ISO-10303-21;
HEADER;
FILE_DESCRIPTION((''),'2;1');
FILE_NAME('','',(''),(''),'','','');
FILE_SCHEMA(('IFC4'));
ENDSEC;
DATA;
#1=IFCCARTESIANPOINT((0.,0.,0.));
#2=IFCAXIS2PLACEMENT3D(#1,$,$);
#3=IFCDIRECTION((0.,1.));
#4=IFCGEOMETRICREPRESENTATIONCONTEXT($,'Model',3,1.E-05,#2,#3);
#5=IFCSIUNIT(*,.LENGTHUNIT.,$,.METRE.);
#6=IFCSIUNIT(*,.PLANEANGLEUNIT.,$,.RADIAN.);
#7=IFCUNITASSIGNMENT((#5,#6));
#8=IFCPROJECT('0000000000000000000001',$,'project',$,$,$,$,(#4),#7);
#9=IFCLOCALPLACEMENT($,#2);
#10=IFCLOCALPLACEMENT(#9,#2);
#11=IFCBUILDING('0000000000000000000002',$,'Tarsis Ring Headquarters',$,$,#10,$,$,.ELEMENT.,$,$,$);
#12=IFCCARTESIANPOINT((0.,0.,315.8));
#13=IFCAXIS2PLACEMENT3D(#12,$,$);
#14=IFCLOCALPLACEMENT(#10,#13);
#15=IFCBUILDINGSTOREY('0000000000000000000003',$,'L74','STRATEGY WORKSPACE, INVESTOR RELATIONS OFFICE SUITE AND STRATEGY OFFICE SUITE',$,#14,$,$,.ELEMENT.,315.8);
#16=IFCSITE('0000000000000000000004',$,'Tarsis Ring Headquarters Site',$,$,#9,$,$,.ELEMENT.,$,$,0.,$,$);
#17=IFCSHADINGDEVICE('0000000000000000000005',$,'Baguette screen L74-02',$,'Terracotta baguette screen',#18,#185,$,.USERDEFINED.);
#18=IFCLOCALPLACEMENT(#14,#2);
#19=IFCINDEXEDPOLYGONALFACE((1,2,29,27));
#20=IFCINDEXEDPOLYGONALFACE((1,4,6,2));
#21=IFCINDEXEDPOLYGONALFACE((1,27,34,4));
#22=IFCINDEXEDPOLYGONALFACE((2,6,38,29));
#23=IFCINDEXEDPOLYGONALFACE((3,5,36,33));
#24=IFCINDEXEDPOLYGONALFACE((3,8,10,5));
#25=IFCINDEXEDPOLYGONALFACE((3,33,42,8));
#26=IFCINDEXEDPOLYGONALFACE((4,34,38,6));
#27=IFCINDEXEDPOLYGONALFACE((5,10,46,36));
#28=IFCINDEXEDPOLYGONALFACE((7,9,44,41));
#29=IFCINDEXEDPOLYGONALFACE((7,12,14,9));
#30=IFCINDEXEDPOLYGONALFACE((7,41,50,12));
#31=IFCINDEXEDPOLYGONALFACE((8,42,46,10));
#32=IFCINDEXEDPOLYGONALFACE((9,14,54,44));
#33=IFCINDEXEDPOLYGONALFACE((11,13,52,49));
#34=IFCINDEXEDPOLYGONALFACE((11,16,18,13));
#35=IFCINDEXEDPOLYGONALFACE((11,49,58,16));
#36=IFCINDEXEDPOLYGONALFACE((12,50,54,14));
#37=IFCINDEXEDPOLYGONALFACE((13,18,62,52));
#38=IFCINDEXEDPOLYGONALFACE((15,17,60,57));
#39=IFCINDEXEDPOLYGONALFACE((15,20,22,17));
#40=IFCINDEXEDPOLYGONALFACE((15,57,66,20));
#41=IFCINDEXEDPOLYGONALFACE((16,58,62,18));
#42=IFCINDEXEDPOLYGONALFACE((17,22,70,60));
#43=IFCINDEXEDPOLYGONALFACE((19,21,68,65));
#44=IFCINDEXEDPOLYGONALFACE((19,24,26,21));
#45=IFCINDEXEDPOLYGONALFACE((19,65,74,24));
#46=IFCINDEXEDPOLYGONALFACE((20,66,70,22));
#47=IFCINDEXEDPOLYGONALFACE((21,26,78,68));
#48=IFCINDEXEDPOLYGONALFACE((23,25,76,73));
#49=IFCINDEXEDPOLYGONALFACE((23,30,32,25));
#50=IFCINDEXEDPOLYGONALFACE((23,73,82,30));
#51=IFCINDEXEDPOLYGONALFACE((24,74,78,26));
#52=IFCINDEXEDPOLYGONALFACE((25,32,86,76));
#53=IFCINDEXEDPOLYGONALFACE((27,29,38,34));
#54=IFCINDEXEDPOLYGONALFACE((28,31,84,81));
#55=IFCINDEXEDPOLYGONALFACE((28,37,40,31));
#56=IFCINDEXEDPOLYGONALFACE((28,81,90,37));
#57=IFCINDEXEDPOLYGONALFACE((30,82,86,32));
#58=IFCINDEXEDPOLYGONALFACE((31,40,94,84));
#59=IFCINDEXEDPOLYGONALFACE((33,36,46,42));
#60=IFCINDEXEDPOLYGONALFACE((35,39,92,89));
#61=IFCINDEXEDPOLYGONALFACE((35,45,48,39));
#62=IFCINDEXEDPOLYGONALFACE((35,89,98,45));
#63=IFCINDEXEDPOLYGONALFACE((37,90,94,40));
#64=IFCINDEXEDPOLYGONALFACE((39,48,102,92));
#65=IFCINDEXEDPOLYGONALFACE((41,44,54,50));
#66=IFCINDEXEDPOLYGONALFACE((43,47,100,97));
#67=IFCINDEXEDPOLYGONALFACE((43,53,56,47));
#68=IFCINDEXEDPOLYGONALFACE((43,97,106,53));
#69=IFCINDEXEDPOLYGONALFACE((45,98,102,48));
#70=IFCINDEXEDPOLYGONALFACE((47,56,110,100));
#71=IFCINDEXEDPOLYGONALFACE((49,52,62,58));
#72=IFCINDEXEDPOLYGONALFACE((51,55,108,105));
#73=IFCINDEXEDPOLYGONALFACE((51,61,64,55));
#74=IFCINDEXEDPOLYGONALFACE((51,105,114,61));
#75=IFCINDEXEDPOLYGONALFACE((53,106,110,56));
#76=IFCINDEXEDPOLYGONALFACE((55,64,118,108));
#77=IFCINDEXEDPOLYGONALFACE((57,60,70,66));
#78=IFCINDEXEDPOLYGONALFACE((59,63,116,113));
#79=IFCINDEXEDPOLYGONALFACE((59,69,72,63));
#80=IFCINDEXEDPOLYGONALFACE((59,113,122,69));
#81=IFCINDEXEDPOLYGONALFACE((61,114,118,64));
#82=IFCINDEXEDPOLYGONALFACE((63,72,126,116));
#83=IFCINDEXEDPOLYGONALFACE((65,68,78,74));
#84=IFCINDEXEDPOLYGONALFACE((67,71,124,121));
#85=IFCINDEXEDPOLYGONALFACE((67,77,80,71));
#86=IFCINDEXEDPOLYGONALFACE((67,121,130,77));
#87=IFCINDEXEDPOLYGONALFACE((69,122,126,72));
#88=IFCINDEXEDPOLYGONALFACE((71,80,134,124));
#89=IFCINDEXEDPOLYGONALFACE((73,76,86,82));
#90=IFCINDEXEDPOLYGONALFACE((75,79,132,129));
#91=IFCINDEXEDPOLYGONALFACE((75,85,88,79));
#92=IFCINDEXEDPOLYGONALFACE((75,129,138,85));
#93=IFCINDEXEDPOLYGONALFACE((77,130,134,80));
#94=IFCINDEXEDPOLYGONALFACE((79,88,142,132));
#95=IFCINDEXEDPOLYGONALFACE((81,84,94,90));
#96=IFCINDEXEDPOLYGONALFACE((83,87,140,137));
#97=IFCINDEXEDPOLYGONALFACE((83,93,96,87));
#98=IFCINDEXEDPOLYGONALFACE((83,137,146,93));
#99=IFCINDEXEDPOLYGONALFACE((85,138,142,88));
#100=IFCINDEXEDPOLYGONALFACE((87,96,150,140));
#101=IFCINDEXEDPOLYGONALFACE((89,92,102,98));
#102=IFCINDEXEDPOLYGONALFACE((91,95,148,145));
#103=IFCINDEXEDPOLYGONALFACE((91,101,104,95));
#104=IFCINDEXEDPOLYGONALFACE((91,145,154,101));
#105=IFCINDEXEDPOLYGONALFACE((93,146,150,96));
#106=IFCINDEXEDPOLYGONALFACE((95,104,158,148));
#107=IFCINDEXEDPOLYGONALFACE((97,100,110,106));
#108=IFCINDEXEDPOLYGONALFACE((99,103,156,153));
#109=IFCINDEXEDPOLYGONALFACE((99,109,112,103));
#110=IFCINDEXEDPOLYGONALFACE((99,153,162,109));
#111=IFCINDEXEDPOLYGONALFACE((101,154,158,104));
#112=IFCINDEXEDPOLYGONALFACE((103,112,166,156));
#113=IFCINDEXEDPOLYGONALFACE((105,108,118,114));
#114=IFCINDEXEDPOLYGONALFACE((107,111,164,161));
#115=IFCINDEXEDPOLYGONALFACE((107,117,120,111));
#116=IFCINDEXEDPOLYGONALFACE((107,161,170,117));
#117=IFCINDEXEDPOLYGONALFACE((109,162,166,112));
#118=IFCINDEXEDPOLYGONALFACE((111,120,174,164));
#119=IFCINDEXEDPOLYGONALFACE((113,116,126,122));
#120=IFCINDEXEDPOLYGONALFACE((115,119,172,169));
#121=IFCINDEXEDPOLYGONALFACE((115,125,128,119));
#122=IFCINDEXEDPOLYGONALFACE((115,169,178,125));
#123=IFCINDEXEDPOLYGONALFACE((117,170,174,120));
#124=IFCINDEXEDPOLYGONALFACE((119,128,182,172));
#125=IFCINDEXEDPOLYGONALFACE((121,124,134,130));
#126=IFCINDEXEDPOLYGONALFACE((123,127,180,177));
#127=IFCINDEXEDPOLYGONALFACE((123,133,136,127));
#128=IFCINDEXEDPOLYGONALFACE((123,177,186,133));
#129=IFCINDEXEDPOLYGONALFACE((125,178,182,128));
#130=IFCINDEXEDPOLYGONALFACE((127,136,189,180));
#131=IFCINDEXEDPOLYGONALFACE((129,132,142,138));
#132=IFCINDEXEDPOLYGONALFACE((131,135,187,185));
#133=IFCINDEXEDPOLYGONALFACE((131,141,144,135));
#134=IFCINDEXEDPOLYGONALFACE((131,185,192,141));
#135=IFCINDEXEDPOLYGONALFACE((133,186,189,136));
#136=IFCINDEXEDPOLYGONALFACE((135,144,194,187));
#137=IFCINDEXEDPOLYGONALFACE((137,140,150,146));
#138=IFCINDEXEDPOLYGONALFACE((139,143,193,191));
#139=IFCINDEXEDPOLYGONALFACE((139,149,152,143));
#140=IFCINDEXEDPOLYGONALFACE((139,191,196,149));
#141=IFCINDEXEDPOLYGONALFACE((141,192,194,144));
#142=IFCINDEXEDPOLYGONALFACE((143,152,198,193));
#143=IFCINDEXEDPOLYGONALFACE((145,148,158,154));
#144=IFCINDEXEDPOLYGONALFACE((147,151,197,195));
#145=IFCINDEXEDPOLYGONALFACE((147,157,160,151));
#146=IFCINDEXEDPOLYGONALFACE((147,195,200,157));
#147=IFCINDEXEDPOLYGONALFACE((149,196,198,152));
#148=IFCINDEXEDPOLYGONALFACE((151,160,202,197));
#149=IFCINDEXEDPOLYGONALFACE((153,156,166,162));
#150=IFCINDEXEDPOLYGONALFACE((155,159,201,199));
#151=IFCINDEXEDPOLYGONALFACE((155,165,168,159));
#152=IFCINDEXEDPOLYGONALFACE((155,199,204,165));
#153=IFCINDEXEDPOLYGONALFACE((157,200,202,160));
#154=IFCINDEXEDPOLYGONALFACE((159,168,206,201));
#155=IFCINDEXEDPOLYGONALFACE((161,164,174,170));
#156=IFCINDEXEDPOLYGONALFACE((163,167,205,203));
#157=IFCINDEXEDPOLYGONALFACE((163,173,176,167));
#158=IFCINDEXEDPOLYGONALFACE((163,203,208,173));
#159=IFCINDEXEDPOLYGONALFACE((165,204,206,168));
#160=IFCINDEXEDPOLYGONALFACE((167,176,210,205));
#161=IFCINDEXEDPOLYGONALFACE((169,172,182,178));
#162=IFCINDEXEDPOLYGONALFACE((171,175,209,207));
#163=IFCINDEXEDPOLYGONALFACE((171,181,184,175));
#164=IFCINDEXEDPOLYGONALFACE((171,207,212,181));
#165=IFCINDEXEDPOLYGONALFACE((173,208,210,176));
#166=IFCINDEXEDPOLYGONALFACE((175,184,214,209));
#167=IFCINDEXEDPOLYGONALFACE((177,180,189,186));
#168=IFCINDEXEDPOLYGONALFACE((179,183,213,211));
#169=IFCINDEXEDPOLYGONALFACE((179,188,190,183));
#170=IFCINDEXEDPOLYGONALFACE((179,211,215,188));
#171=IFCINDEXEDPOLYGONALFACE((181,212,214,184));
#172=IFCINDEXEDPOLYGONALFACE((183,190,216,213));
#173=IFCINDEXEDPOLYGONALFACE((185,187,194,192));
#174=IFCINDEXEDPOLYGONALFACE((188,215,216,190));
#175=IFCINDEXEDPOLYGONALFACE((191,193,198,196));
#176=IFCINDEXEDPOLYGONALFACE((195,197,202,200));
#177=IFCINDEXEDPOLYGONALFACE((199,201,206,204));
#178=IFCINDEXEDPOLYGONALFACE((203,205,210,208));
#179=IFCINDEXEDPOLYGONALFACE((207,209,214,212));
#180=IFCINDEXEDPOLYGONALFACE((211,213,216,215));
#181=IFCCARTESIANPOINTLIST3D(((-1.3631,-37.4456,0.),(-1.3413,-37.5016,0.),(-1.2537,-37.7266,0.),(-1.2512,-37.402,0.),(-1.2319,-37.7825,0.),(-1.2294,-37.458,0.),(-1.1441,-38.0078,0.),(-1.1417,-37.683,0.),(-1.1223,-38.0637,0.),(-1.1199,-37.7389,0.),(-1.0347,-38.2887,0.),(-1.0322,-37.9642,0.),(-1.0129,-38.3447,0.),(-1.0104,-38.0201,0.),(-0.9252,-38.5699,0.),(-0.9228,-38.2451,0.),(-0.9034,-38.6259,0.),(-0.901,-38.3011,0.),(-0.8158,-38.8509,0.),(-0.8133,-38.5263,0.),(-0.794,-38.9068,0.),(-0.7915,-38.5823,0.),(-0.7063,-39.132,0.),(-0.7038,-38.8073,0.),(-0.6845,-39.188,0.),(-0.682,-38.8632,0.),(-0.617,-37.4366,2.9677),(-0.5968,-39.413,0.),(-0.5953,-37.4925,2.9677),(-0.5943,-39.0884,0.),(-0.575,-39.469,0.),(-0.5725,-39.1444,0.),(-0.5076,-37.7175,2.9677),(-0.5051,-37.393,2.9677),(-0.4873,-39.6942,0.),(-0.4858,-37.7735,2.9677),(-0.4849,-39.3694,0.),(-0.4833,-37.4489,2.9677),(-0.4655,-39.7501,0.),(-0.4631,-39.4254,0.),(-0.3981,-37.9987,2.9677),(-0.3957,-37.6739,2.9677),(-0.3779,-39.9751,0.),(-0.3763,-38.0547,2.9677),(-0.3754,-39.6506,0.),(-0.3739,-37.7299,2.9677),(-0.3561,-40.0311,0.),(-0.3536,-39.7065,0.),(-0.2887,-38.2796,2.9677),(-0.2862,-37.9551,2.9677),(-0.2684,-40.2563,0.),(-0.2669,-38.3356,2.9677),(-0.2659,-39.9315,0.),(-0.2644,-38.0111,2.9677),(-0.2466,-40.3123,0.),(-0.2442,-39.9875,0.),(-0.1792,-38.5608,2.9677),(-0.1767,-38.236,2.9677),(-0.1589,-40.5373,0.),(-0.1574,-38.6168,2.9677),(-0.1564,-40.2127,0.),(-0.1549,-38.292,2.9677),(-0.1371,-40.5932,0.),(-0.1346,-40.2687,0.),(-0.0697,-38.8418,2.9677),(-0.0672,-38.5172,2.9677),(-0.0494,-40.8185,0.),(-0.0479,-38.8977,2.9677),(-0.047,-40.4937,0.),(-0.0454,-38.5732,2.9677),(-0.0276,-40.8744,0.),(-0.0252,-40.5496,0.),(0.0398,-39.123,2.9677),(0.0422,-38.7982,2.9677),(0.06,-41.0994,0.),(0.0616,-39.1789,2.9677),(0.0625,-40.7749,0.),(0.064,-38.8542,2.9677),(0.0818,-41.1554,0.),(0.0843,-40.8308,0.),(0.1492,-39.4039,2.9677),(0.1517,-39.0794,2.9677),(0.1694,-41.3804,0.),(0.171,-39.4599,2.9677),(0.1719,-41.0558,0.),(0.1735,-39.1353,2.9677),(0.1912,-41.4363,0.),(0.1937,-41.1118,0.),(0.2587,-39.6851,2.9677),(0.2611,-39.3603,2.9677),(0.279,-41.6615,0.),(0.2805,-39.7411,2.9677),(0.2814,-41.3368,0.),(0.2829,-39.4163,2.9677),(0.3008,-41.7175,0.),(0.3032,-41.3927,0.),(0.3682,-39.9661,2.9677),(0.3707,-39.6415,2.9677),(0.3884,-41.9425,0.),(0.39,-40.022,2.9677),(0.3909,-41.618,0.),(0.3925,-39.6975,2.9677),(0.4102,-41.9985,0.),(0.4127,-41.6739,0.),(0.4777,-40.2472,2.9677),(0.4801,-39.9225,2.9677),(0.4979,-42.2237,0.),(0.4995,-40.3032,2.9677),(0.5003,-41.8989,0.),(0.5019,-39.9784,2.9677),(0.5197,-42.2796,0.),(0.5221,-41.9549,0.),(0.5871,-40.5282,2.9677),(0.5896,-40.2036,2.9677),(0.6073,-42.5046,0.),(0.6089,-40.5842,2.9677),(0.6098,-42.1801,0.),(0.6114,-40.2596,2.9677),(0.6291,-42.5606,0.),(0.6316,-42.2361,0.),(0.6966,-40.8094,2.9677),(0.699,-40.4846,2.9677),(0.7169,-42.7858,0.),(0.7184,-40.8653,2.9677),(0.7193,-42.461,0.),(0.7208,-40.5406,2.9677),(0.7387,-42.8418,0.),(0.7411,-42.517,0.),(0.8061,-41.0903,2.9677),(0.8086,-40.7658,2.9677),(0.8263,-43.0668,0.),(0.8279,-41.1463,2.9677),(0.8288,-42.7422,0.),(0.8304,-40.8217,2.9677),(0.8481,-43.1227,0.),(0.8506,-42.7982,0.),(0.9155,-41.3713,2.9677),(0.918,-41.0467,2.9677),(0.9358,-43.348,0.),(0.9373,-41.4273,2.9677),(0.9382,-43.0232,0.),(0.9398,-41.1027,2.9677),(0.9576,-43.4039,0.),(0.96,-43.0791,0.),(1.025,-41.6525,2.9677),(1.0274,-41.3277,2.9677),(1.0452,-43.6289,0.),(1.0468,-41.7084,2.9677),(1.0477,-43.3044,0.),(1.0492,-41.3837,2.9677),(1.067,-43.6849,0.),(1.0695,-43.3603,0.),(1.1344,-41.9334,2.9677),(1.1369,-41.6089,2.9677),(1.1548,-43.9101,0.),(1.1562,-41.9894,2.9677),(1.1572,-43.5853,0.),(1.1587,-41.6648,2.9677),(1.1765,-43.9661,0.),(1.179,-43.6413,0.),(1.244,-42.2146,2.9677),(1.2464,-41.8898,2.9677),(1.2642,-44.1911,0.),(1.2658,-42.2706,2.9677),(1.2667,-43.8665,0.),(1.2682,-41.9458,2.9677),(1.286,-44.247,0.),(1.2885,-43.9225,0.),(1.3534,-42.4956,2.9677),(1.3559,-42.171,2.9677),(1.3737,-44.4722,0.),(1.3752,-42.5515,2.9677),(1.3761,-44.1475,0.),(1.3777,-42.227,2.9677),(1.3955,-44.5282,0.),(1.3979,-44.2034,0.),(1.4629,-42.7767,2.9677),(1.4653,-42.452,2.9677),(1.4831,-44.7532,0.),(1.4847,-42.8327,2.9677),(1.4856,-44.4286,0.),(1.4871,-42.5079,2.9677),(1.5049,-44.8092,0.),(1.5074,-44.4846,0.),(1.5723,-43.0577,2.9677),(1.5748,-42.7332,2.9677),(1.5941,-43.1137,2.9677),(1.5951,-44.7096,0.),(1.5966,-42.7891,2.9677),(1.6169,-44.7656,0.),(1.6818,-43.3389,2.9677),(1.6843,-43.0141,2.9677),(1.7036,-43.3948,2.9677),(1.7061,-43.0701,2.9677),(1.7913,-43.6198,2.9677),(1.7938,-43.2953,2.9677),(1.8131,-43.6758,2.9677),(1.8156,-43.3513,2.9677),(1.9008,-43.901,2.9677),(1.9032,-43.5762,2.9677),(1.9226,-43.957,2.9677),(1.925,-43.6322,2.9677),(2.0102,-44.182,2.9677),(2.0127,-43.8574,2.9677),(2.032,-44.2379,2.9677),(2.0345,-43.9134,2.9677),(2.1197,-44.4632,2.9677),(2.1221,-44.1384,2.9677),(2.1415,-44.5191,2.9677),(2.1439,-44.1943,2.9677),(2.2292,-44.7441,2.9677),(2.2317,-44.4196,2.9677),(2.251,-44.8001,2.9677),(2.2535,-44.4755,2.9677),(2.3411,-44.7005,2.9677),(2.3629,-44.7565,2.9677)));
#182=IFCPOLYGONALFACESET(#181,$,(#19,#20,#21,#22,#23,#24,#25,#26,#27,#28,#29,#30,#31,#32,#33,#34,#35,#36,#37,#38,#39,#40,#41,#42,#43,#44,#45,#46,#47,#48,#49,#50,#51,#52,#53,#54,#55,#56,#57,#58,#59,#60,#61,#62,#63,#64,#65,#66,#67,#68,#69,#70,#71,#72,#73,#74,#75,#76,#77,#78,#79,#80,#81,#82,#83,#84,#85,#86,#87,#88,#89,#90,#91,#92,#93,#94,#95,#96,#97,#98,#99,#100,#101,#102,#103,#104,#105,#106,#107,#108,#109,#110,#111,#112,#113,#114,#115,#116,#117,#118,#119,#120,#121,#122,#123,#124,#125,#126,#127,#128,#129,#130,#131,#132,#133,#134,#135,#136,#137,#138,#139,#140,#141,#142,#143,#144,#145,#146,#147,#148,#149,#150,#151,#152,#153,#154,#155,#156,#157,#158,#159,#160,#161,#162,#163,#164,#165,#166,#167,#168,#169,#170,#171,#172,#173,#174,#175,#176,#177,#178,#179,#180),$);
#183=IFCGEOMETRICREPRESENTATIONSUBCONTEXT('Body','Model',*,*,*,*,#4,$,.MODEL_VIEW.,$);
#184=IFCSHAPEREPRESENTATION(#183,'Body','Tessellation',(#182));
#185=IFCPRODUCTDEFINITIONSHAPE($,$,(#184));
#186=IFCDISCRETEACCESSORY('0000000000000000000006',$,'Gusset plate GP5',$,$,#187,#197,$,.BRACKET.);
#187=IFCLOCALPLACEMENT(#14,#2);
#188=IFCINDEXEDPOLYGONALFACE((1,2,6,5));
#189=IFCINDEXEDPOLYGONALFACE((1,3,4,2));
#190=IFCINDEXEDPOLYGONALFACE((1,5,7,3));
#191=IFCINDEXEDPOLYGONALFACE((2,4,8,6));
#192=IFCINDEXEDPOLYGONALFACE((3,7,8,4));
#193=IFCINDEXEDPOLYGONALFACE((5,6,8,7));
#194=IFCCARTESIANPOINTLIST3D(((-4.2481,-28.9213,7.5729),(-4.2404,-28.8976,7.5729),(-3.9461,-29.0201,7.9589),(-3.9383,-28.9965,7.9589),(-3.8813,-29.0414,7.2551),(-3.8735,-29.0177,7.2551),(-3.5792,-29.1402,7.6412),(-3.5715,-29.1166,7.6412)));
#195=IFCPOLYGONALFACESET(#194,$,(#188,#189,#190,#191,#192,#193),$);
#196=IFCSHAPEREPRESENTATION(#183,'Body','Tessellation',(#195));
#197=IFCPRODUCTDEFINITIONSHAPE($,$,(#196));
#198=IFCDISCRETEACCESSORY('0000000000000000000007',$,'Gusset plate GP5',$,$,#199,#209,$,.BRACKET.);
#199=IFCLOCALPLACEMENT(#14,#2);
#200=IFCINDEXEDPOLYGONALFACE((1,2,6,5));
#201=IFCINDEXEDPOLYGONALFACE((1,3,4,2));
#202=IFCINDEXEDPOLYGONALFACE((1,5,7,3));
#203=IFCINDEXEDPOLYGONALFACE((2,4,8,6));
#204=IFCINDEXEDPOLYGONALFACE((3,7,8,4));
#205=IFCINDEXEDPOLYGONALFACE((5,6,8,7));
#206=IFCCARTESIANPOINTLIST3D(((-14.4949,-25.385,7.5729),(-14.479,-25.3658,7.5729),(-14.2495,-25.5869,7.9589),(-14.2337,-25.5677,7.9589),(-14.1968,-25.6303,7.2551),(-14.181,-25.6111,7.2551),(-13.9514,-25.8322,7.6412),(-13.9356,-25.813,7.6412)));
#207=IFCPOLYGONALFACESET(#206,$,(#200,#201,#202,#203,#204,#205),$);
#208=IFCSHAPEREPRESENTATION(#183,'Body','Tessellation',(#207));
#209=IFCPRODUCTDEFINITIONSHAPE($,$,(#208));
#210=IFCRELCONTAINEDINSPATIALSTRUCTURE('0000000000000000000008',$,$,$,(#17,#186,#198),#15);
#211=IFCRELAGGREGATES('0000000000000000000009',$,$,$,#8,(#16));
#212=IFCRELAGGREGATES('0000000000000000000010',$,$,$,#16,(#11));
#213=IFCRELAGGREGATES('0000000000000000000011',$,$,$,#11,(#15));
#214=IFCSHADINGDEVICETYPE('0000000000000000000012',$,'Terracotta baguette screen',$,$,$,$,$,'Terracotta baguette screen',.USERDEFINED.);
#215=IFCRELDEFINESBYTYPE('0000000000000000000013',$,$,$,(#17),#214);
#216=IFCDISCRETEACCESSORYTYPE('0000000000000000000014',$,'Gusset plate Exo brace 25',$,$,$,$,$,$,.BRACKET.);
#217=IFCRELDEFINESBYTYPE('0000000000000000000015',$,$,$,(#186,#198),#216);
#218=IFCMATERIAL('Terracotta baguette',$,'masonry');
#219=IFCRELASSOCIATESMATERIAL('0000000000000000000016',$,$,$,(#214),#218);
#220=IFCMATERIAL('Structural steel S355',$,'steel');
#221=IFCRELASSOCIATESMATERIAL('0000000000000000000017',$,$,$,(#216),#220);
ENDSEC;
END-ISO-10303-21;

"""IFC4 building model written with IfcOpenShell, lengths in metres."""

from ifc_helpers import new_model, si_unit, direction, frame, frame_2d, origin, origin_2d, place, context, subcontext, project, spatial, rectangle, composite_profile, extrude, material, material_profile, profile_set, type_object, element, save


model = new_model("IFC4")

# Units and contexts
model_context = context("Model", 3, precision=1e-05, world=origin(), true_north=direction((0.0, 1.0)))
body_context = subcontext(model_context, "Body", "Model", "MODEL_VIEW")
ifc_project = project(units=[si_unit("LENGTHUNIT", "METRE"), si_unit("PLANEANGLEUNIT", "RADIAN")], contexts=[model_context])

# Site, building, storey
site_placement = place(None, origin())
site = spatial("IfcSite", under=ifc_project, at=site_placement, Name="Tarsis Ring Headquarters Site", CompositionType="ELEMENT", RefElevation=0.0)
building_placement = place(site_placement, origin())
building = spatial("IfcBuilding", under=site, at=building_placement, Name="Tarsis Ring Headquarters", CompositionType="ELEMENT")
storey_placement = place(building_placement, frame((0.0, 0.0, 315.8)))
storey = spatial("IfcBuildingStorey", under=building, at=storey_placement, Name="L74", Description="STRATEGY WORKSPACE, INVESTOR RELATIONS OFFICE SUITE AND STRATEGY OFFICE SUITE", CompositionType="ELEMENT", Elevation=315.8)

# Shared definitions
ifc_material_1 = material(Name="Structural steel S355", Category="steel")

# Shading device
ifc_material_2 = material(Name="Terracotta baguette", Category="masonry")
shading_device_type = type_object("IfcShadingDeviceType", Name="Terracotta baguette screen", ElementType="Terracotta baguette screen", PredefinedType="USERDEFINED", material=ifc_material_2)
shading_device_1_placement = place(storey_placement, frame((-1.3071, -37.4238, 0.0), z_axis=(0.0, 0.0, 1.0), x_axis=(0.362931, -0.931813, 0.0)))
element("IfcShadingDevice", 1, at=shading_device_1_placement, inside=storey, type_object=shading_device_type, Name="Baguette screen L74-02", ObjectType="Terracotta baguette screen", PredefinedType="USERDEFINED", context=body_context, shape_type="SweptSolid", body=[
    extrude(composite_profile([rectangle(XDim=0.0601, YDim=0.1201, at=frame_2d((0.03, 0.0))), rectangle(XDim=0.0601, YDim=0.1201, at=frame_2d((0.3315, 0.0))), rectangle(XDim=0.0601, YDim=0.1201, at=frame_2d((0.6333, 0.0))), rectangle(XDim=0.0601, YDim=0.1201, at=frame_2d((0.9348, 0.0))), rectangle(XDim=0.0601, YDim=0.1201, at=frame_2d((1.2366, 0.0))), rectangle(XDim=0.0601, YDim=0.1201, at=frame_2d((1.5381, 0.0))), rectangle(XDim=0.0601, YDim=0.1201, at=frame_2d((1.8398, 0.0))), rectangle(XDim=0.0601, YDim=0.1201, at=frame_2d((2.1414, 0.0))), rectangle(XDim=0.0601, YDim=0.1201, at=frame_2d((2.4431, 0.0))), rectangle(XDim=0.0601, YDim=0.1201, at=frame_2d((2.7446, 0.0))), rectangle(XDim=0.0601, YDim=0.1201, at=frame_2d((3.0464, 0.0))), rectangle(XDim=0.0601, YDim=0.1201, at=frame_2d((3.3479, 0.0))), rectangle(XDim=0.0601, YDim=0.1201, at=frame_2d((3.6497, 0.0))), rectangle(XDim=0.0601, YDim=0.1201, at=frame_2d((3.9512, 0.0))), rectangle(XDim=0.0601, YDim=0.1201, at=frame_2d((4.2527, 0.0))), rectangle(XDim=0.0601, YDim=0.1201, at=frame_2d((4.5544, 0.0))), rectangle(XDim=0.0601, YDim=0.1201, at=frame_2d((4.856, 0.0))), rectangle(XDim=0.0601, YDim=0.1201, at=frame_2d((5.1577, 0.0))), rectangle(XDim=0.0601, YDim=0.1201, at=frame_2d((5.4592, 0.0))), rectangle(XDim=0.0601, YDim=0.1201, at=frame_2d((5.761, 0.0))), rectangle(XDim=0.0601, YDim=0.1201, at=frame_2d((6.0625, 0.0))), rectangle(XDim=0.0601, YDim=0.1201, at=frame_2d((6.3643, 0.0))), rectangle(XDim=0.0601, YDim=0.1201, at=frame_2d((6.6658, 0.0))), rectangle(XDim=0.0601, YDim=0.1201, at=frame_2d((6.9675, 0.0))), rectangle(XDim=0.0601, YDim=0.1201, at=frame_2d((7.269, 0.0))), rectangle(XDim=0.0601, YDim=0.1201, at=frame_2d((7.5708, 0.0))), rectangle(XDim=0.0601, YDim=0.1201, at=frame_2d((7.8723, 0.0)))]), origin(), (0.08572, 0.228253, 0.969821), 3.0601),
])

# Discrete accessories
ifc_material_profile_1 = material_profile(ifc_material_1, rectangle(XDim=0.0249, YDim=0.5, at=origin_2d()), Name="PL 25x500")
ifc_profile_set_1 = profile_set([ifc_material_profile_1], Name="Structural steel S355")
discrete_accessory_type = type_object("IfcDiscreteAccessoryType", Name="Gusset plate Exo brace 25", PredefinedType="BRACKET", material=ifc_profile_set_1)
for number, where, z_axis, x_axis, name in (
    (2, (-3.7588, -29.0684, 7.8), (-0.604043, 0.197767, -0.772023), (-0.311153, -0.95036, 0.0), "Gusset plate GP5"),
    (3, (-14.0925, -25.7, 7.8), (-0.490769, 0.403847, -0.772045), (-0.635411, -0.772174, 0.0), "Gusset plate GP5"),
):
    element("IfcDiscreteAccessory", number, at=place(storey_placement, frame(where, z_axis=z_axis, x_axis=x_axis)), inside=storey, type_object=discrete_accessory_type, Name=name, PredefinedType="BRACKET", context=body_context, shape_type="SweptSolid", body=[
        extrude(rectangle(XDim=0.0249, YDim=0.5, at=origin_2d()), origin(), (0.0, 0.0, 1.0), 0.5),
    ])

save(model, "model.ifc")
